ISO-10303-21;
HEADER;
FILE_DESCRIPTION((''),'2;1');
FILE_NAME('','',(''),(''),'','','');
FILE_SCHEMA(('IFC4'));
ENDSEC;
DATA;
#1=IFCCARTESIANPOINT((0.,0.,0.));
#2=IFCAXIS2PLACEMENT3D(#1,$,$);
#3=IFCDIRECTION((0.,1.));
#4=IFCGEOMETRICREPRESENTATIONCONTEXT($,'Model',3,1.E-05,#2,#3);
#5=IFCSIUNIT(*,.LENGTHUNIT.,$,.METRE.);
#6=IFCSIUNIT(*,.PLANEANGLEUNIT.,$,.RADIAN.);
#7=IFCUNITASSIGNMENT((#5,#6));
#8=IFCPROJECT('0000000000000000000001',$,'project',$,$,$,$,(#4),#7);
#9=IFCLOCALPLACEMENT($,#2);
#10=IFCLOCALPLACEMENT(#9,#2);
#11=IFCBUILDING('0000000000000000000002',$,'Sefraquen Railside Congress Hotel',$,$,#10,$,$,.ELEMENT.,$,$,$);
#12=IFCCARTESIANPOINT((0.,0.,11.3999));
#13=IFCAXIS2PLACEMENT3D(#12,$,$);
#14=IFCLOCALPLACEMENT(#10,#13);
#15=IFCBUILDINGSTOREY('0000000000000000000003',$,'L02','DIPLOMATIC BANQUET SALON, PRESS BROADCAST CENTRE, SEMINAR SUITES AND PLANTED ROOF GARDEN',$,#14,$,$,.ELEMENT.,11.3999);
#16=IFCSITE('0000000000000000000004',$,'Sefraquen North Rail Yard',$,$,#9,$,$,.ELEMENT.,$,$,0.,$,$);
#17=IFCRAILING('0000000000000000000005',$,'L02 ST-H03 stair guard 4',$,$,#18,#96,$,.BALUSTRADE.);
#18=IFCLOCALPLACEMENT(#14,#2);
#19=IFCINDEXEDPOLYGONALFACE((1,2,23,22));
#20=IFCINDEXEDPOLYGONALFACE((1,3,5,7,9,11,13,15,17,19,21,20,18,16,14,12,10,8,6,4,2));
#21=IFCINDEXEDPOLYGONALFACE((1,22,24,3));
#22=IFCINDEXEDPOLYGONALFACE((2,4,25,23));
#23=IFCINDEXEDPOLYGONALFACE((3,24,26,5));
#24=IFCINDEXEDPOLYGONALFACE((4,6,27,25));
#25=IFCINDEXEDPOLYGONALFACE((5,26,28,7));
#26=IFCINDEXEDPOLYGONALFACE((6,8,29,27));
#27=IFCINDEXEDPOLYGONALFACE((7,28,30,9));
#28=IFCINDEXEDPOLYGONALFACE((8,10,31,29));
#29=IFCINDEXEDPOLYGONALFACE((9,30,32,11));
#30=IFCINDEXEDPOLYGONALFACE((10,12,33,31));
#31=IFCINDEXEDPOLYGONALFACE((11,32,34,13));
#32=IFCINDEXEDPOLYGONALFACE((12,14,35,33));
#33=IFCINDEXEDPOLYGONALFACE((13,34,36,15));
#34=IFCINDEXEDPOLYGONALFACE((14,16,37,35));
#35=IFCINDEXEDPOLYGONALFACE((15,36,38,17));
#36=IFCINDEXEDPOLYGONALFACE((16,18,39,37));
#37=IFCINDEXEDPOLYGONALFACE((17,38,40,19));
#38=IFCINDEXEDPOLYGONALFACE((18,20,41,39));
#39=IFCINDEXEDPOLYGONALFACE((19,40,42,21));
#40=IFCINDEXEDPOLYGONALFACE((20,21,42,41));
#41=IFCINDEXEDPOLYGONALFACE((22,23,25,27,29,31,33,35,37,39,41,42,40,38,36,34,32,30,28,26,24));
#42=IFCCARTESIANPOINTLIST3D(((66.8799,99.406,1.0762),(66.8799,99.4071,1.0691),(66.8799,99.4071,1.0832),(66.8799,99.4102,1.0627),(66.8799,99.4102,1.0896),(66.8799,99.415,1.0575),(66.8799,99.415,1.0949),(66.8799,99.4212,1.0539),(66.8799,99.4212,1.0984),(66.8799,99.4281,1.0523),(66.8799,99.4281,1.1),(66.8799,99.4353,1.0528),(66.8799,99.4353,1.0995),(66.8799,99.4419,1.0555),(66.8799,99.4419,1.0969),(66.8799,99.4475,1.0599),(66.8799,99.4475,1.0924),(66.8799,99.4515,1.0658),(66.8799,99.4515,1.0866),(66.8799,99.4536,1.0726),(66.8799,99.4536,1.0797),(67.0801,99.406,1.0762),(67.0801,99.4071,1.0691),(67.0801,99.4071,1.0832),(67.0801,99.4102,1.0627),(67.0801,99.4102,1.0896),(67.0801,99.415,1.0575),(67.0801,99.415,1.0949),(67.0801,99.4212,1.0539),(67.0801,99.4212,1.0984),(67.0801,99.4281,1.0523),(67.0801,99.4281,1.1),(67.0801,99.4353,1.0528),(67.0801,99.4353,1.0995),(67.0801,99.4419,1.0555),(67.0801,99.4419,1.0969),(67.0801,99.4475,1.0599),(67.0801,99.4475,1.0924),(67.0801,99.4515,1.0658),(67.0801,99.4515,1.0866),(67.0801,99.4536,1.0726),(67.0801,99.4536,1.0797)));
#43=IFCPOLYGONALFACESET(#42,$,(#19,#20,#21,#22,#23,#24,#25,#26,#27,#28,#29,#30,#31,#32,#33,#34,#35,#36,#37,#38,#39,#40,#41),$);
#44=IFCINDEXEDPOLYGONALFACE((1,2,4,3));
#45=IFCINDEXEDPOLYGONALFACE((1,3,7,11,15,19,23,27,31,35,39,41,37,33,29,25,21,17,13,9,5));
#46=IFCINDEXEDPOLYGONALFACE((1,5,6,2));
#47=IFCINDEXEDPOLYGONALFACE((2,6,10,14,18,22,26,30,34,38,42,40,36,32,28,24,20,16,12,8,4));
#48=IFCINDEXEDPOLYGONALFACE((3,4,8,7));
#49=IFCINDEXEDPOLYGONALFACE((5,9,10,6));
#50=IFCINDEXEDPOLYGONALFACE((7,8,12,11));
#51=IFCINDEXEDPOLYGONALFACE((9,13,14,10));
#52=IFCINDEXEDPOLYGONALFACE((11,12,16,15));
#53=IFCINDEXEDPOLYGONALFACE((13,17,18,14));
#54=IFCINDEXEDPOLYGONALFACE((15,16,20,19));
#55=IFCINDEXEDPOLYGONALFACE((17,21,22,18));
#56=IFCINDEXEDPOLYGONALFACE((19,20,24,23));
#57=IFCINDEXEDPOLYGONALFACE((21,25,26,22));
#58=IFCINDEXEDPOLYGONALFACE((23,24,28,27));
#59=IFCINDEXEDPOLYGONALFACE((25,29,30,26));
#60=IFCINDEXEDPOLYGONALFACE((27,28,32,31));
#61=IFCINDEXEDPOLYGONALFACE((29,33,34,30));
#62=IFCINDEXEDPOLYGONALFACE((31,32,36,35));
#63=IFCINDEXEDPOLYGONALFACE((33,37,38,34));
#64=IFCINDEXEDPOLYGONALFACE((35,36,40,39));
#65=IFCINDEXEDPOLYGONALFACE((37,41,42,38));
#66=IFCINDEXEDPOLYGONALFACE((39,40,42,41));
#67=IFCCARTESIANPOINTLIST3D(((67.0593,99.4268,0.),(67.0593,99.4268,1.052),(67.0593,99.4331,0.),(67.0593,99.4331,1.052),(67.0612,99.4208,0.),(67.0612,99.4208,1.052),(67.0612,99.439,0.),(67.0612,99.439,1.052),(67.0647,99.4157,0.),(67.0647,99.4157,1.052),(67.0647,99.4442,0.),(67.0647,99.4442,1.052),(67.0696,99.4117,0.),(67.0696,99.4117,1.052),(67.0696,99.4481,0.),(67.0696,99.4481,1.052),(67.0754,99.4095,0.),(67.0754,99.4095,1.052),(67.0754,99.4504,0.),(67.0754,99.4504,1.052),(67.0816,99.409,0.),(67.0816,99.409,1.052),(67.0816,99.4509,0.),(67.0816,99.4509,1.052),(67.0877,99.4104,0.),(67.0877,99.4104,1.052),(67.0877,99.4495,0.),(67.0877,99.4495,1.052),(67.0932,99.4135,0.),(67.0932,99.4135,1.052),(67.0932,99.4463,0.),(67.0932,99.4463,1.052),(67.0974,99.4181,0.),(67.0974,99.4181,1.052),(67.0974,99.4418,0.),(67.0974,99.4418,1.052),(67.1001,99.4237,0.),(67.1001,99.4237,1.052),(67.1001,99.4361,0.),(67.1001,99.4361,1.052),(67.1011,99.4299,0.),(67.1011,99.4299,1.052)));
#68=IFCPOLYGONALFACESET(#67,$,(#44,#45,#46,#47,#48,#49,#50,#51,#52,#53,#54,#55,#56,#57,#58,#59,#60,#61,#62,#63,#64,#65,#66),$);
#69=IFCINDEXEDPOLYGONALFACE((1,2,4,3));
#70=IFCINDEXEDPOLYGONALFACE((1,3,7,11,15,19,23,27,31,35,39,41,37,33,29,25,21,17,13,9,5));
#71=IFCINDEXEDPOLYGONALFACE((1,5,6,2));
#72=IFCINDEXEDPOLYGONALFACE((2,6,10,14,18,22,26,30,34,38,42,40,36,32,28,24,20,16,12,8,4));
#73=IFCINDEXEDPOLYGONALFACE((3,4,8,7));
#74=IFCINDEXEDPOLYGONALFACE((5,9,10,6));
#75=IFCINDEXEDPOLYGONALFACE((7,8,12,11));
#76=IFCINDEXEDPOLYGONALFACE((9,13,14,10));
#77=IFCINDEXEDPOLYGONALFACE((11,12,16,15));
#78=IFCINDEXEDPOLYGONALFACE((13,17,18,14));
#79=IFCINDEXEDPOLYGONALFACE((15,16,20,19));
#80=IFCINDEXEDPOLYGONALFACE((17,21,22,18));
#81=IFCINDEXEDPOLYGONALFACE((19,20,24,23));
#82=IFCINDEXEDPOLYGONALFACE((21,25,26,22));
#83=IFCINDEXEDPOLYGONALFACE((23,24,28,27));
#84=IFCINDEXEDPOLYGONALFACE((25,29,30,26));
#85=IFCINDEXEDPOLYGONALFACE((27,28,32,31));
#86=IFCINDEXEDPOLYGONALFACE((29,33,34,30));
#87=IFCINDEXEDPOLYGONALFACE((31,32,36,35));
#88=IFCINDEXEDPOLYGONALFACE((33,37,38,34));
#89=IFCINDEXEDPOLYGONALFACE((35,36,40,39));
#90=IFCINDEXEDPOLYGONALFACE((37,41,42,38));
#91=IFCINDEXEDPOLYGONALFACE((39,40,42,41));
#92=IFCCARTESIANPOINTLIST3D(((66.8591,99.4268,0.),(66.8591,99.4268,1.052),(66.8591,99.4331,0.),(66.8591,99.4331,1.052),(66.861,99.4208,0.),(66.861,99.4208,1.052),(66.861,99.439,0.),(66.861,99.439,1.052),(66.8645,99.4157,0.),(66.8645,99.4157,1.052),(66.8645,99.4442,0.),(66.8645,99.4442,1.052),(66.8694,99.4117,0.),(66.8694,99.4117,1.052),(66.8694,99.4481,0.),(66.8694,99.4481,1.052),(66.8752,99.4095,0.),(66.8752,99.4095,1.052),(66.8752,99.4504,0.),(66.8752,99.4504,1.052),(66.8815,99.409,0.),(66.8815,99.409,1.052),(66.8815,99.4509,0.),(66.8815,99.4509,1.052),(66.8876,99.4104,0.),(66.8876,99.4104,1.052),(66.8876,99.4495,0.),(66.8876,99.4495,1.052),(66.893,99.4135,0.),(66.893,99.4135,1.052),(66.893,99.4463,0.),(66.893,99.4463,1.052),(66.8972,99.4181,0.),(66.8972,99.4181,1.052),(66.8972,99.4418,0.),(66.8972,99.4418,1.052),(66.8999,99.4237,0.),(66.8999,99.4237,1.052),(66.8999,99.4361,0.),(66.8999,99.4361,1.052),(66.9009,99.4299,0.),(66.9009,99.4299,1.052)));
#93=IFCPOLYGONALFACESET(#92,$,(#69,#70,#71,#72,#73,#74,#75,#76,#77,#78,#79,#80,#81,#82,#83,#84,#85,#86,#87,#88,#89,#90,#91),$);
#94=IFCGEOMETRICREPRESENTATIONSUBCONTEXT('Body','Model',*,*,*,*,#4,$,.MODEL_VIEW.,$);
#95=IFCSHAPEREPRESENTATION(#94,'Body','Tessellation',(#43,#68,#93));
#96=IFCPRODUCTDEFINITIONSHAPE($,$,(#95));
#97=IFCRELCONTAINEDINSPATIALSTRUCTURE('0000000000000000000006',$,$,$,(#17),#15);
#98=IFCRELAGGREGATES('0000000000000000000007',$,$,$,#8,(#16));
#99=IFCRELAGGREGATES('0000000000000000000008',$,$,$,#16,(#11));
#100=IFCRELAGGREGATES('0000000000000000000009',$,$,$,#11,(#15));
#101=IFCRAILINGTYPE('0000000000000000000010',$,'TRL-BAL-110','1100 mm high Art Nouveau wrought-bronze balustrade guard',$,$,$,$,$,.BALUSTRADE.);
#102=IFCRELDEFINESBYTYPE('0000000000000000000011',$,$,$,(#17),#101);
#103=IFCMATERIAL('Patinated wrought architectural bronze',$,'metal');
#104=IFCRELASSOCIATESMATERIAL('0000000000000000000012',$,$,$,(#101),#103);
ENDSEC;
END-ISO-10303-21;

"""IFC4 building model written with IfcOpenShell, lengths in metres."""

from ifc_helpers import new_model, si_unit, direction, frame, origin, origin_2d, place, context, subcontext, project, spatial, circle, extrude, material, type_object, element, save


model = new_model("IFC4")

# Units and contexts
model_context = context("Model", 3, precision=1e-05, world=origin(), true_north=direction((0.0, 1.0)))
body_context = subcontext(model_context, "Body", "Model", "MODEL_VIEW")
ifc_project = project(units=[si_unit("LENGTHUNIT", "METRE"), si_unit("PLANEANGLEUNIT", "RADIAN")], contexts=[model_context])

# Site, building, storey
site_placement = place(None, origin())
site = spatial("IfcSite", under=ifc_project, at=site_placement, Name="Sefraquen North Rail Yard", CompositionType="ELEMENT", RefElevation=0.0)
building_placement = place(site_placement, origin())
building = spatial("IfcBuilding", under=site, at=building_placement, Name="Sefraquen Railside Congress Hotel", CompositionType="ELEMENT")
storey_placement = place(building_placement, frame((0.0, 0.0, 11.3999)))
storey = spatial("IfcBuildingStorey", under=building, at=storey_placement, Name="L02", Description="DIPLOMATIC BANQUET SALON, PRESS BROADCAST CENTRE, SEMINAR SUITES AND PLANTED ROOF GARDEN", CompositionType="ELEMENT", Elevation=11.3999)

# Railing
ifc_material_1 = material(Name="Patinated wrought architectural bronze", Category="metal")
railing_type = type_object("IfcRailingType", Name="TRL-BAL-110", Description="1100 mm high Art Nouveau wrought-bronze balustrade guard", PredefinedType="BALUSTRADE", material=ifc_material_1)
railing_placement = place(storey_placement, frame((67.0801, 99.4299, 0.0)))
element("IfcRailing", 1, at=railing_placement, inside=storey, type_object=railing_type, Name="L02 ST-H03 stair guard 4", PredefinedType="BALUSTRADE", context=body_context, shape_type="SweptSolid", body=[
    extrude(circle(Radius=0.0239, at=origin_2d()), frame((0.0, 0.0, 1.0762), z_axis=(-1.0, 0.0, 0.0), x_axis=(0.0, -1.0, 0.0)), (0.0, 0.0, 1.0), 0.2002),
    extrude(circle(Radius=0.021, at=origin_2d()), origin(), (0.0, 0.0, 1.0), 1.052),
    extrude(circle(Radius=0.021, at=origin_2d()), frame((-0.2002, 0.0, 0.0)), (0.0, 0.0, 1.0), 1.052),
])

save(model, "model.ifc")
